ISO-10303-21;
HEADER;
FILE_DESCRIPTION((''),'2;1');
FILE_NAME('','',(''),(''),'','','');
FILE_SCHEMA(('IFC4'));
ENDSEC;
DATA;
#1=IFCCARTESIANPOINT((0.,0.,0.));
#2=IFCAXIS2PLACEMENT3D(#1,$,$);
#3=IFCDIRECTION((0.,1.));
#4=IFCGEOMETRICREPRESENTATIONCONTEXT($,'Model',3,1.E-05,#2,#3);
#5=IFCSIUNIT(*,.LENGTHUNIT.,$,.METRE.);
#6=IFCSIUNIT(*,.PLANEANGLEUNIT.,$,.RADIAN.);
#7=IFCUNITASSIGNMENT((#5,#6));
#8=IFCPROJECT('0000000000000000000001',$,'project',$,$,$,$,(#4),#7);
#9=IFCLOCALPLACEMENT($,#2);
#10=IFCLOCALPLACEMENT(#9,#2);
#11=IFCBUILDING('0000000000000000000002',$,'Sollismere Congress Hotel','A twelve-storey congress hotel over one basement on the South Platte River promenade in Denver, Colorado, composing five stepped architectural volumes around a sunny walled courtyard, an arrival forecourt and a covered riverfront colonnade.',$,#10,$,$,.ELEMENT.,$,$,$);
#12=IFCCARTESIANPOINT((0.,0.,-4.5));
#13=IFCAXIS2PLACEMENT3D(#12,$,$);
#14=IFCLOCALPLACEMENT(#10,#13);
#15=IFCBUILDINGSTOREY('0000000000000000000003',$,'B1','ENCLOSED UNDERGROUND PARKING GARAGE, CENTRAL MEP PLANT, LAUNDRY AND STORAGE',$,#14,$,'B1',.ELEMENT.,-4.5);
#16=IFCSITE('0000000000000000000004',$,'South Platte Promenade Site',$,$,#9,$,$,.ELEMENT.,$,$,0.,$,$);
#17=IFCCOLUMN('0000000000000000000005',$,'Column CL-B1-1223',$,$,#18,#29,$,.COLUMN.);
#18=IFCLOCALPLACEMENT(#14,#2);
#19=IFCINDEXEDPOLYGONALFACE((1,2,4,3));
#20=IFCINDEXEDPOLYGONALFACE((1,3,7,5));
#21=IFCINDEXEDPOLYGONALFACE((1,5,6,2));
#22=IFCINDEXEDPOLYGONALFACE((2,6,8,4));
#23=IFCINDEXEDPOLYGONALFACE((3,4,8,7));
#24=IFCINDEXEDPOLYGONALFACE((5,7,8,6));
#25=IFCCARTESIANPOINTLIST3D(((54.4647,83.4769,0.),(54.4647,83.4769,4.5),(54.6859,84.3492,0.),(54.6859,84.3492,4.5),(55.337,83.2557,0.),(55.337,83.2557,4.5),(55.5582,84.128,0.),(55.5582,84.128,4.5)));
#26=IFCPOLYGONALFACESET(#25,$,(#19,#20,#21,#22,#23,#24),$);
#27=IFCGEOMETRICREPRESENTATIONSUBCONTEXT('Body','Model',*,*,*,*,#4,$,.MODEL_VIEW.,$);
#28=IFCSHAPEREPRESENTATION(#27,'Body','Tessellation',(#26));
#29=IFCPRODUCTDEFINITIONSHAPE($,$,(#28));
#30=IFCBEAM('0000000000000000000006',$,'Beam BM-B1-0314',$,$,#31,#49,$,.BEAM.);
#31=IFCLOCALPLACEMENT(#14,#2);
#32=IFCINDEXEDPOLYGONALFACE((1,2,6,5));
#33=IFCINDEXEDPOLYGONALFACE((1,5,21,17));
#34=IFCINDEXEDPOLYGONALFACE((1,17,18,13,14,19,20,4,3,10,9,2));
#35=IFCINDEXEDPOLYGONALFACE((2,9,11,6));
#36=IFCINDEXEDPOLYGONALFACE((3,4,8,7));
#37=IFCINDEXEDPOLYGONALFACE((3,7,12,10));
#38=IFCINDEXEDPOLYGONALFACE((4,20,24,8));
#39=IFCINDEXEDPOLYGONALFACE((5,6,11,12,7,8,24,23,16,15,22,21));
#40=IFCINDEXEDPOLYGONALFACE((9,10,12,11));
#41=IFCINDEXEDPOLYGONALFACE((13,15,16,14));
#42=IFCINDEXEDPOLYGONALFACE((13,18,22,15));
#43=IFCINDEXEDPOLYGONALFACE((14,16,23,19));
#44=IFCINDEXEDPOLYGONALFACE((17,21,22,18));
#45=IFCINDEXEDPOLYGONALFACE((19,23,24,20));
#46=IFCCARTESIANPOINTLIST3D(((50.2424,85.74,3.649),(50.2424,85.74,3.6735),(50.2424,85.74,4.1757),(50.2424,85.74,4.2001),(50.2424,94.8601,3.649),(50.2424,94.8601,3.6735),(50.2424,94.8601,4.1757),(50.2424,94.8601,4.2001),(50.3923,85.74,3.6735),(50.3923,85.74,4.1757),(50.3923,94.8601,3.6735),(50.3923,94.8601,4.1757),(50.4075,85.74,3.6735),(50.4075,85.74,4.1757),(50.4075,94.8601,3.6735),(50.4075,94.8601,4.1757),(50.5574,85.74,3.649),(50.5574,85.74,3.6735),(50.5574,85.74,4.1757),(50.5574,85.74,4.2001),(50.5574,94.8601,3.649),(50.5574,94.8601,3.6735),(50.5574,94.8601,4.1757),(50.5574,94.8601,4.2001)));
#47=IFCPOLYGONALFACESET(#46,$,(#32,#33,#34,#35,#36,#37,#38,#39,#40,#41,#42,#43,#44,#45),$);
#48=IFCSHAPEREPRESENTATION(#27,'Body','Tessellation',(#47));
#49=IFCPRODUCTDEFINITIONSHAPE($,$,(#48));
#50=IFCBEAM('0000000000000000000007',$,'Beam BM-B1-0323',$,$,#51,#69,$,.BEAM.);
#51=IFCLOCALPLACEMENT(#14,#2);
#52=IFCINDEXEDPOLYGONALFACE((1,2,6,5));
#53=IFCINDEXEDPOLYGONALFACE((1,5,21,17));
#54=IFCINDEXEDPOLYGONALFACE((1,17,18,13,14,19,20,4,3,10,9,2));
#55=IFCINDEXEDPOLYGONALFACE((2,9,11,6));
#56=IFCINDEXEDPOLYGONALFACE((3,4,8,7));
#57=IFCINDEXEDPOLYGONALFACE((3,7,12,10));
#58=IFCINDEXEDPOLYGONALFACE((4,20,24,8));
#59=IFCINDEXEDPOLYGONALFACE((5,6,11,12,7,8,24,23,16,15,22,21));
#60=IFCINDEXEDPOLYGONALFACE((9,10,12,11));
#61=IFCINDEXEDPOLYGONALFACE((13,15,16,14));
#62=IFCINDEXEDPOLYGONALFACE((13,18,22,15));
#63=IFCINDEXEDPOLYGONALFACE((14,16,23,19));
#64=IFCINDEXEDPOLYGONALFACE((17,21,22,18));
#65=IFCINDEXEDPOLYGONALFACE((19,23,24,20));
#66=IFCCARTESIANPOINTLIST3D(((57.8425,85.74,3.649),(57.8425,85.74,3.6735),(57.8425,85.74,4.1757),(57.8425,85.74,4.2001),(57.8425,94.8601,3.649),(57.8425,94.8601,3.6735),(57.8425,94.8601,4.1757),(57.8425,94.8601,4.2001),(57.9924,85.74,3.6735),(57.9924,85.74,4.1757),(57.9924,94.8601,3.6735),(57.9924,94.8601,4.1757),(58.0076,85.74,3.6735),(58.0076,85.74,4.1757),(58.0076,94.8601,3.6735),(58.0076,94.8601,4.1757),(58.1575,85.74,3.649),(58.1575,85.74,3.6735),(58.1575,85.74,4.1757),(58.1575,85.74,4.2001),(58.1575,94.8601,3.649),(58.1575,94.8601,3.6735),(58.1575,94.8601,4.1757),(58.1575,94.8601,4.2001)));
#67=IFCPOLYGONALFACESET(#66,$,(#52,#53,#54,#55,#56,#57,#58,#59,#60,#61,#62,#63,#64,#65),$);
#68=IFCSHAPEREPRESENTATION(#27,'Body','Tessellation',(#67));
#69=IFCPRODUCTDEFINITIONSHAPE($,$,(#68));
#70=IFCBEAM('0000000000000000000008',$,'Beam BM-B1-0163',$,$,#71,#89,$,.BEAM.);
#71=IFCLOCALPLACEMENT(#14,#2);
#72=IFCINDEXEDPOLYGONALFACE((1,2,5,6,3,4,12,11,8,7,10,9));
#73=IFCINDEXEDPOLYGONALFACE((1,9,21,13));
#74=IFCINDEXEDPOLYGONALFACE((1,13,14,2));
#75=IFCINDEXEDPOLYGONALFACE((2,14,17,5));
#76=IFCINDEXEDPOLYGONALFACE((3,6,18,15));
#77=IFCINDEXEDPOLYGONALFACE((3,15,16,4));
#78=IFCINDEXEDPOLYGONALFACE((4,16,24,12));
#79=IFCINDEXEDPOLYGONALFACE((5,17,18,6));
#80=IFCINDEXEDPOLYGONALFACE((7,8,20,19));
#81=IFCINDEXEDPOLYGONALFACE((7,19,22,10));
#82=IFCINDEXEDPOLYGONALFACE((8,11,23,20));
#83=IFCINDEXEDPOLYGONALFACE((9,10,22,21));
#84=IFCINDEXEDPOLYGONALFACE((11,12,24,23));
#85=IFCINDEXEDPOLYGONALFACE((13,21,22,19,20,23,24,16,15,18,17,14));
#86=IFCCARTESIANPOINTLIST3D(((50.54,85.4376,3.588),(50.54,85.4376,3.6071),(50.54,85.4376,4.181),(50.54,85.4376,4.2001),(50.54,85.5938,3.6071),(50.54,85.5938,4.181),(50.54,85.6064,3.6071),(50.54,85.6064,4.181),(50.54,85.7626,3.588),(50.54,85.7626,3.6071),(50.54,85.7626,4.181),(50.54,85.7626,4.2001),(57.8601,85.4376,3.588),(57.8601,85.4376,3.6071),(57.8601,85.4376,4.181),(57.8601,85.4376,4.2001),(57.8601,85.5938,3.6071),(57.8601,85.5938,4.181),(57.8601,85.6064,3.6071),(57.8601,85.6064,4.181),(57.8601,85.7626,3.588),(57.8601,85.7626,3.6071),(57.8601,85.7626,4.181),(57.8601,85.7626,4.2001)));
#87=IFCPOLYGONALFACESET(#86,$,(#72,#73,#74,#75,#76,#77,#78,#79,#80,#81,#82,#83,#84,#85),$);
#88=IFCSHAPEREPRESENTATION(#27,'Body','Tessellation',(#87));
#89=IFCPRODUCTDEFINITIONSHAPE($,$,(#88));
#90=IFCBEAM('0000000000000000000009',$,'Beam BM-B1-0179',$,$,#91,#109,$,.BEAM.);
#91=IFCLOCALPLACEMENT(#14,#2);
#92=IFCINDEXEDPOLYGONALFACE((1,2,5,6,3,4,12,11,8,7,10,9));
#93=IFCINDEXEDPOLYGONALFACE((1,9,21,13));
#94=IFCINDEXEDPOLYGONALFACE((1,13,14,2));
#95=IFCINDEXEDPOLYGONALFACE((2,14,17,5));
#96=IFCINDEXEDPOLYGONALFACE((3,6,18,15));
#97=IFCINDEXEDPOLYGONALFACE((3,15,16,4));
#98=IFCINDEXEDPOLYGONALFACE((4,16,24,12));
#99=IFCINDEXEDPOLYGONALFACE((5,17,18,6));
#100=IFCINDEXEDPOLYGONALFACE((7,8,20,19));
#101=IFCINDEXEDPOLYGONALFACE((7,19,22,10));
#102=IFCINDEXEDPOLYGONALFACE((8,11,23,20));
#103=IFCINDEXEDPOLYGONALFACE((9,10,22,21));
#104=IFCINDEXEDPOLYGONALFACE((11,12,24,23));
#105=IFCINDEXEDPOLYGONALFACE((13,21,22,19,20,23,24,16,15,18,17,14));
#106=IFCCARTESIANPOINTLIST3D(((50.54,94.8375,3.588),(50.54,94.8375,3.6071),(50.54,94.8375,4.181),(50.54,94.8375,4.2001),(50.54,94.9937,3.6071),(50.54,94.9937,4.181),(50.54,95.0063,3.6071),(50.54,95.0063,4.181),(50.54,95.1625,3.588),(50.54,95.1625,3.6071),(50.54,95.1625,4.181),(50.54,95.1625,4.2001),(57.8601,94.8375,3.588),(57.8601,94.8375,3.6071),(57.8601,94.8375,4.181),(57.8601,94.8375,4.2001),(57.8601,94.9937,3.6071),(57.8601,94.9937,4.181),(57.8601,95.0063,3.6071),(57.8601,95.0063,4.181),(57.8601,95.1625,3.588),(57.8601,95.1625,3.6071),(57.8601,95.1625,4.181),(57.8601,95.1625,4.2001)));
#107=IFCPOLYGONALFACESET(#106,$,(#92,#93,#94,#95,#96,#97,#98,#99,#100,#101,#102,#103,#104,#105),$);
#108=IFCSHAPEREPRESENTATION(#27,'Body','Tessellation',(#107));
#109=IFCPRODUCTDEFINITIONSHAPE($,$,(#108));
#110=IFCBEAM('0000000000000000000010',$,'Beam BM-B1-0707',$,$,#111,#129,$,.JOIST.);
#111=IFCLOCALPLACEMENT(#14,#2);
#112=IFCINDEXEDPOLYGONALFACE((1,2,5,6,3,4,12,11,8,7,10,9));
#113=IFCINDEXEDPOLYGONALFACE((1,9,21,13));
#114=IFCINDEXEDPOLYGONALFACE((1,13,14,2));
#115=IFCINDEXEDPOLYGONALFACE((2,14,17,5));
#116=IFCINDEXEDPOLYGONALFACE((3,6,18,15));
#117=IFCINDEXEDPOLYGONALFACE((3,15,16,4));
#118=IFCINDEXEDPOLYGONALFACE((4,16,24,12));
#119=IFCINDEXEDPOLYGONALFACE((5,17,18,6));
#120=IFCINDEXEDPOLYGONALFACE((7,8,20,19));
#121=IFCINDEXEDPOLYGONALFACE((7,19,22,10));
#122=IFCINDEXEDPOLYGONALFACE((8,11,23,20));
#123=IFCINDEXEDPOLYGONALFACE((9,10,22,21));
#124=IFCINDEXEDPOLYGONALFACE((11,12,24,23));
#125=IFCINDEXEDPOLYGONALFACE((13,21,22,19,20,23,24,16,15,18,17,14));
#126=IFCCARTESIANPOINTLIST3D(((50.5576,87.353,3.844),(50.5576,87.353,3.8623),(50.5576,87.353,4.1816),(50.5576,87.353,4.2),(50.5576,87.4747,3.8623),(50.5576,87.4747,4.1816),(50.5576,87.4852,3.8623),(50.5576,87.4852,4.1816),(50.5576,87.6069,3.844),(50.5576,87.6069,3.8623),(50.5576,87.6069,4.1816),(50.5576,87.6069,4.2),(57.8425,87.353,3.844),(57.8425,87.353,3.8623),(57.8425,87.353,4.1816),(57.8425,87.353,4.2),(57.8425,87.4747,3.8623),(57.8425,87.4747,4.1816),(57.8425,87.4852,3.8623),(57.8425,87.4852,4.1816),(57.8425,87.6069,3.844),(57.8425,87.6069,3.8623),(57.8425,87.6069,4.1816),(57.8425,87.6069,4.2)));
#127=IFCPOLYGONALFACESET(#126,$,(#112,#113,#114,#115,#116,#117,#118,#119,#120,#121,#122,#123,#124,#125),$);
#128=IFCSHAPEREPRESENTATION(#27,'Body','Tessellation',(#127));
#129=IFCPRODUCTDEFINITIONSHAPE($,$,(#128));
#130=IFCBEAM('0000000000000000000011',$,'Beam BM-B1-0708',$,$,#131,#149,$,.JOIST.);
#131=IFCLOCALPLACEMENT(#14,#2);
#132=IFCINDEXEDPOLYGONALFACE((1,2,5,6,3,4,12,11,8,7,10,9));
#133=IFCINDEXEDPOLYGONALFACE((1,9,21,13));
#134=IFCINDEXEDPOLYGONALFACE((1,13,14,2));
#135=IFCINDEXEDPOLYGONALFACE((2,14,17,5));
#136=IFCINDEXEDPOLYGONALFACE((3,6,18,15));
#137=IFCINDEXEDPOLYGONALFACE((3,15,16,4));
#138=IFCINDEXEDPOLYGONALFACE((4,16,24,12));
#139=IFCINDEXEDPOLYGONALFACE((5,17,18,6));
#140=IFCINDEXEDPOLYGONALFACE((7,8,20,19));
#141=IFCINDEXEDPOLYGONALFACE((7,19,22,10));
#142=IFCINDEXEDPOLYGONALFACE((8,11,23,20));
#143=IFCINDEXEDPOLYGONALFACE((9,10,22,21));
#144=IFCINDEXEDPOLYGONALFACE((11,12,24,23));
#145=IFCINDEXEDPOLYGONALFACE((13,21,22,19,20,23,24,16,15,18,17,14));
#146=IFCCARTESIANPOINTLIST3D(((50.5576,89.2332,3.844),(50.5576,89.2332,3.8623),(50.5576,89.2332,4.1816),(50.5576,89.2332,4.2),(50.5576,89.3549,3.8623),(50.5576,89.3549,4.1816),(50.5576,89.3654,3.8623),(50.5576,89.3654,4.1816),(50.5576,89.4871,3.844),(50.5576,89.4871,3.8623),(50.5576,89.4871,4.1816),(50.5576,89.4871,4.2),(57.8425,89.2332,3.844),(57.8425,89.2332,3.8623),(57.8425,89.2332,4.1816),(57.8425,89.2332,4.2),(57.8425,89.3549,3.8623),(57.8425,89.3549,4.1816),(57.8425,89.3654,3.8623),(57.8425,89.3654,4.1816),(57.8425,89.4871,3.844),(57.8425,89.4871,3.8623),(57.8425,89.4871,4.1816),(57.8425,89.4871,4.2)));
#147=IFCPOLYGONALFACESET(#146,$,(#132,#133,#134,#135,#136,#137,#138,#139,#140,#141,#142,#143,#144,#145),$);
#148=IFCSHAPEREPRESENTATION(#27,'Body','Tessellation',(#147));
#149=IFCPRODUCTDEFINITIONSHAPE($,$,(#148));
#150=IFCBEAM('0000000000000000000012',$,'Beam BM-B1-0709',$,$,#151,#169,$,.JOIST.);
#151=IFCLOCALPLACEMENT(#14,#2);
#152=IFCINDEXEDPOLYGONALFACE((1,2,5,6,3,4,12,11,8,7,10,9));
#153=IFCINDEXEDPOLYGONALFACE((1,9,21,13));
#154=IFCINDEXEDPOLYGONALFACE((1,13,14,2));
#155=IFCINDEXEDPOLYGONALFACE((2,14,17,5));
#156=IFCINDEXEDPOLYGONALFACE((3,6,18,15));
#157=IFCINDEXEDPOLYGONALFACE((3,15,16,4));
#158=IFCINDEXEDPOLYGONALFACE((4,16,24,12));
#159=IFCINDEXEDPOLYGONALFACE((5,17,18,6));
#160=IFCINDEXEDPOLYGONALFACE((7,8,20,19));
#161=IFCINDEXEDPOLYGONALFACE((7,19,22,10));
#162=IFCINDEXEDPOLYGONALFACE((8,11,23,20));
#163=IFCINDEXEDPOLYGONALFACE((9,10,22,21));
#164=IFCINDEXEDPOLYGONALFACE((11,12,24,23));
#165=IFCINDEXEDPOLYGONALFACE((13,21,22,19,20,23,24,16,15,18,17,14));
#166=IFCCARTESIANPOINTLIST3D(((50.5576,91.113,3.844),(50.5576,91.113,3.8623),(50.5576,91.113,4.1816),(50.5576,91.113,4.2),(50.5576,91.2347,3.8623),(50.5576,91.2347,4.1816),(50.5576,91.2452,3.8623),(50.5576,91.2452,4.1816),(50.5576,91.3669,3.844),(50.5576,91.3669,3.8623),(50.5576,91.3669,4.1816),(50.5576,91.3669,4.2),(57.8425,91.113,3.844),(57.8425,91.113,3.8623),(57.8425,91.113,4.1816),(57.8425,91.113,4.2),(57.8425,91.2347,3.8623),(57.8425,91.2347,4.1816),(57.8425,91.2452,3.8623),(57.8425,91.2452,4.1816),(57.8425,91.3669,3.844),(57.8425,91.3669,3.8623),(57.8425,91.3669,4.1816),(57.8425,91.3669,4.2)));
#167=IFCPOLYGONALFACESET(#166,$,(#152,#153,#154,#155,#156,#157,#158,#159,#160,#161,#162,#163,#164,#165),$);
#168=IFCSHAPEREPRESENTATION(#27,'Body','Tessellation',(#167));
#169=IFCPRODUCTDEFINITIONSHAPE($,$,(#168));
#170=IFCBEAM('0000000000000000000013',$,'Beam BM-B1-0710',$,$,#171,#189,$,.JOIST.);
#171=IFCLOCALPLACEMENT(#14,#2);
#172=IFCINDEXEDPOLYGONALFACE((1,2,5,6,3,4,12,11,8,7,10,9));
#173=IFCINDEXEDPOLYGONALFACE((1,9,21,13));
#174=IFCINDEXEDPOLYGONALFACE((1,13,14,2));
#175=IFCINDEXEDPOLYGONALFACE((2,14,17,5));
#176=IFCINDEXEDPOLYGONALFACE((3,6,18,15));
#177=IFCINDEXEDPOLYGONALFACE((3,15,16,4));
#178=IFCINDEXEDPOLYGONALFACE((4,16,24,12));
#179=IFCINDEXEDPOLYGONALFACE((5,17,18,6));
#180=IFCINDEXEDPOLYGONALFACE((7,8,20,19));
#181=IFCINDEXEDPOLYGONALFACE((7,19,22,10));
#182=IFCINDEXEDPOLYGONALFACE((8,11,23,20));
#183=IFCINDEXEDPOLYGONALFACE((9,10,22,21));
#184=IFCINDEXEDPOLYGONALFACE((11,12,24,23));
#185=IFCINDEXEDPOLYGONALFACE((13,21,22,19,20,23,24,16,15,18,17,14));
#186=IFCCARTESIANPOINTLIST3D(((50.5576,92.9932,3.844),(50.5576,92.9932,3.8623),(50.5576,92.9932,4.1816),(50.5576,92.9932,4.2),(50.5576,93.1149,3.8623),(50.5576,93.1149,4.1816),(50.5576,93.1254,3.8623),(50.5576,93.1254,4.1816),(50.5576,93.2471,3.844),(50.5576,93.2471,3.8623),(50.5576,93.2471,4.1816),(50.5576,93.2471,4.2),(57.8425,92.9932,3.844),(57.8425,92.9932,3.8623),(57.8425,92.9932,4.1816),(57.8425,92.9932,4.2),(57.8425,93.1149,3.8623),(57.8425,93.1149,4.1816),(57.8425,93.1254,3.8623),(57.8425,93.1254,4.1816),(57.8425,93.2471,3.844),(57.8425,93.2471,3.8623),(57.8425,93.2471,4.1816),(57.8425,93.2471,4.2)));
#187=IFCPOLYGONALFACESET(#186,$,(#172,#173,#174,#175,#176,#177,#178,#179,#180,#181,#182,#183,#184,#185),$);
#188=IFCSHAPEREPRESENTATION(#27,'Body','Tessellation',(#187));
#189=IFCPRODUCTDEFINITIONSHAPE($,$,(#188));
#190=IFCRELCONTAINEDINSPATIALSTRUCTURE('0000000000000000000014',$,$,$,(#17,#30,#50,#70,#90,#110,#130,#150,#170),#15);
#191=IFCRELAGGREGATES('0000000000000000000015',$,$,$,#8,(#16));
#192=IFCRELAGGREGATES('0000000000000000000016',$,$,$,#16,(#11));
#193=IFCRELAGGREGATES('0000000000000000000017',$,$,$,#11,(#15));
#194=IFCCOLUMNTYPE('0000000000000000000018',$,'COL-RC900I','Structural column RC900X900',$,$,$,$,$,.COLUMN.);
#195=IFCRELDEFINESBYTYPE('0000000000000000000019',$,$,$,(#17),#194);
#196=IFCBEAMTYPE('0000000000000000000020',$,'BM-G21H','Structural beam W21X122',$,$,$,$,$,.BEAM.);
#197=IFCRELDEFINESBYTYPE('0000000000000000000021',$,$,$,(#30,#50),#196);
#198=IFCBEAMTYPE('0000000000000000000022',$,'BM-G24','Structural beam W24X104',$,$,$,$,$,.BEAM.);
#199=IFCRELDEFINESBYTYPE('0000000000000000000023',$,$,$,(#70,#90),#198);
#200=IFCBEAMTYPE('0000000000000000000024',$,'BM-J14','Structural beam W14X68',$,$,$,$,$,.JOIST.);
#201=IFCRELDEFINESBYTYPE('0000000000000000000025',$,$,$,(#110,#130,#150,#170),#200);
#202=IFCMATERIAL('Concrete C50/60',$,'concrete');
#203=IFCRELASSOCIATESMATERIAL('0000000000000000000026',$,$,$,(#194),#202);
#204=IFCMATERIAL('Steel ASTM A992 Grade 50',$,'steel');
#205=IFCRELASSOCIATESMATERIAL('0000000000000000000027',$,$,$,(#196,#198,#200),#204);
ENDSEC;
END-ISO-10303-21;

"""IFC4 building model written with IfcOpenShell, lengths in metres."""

from ifc_helpers import new_model, si_unit, direction, frame, origin, origin_2d, place, context, subcontext, project, spatial, rectangle, i_section, extrude, material, material_profile, profile_set, type_object, element, save


model = new_model("IFC4")

# Units and contexts
model_context = context("Model", 3, precision=1e-05, world=origin(), true_north=direction((0.0, 1.0)))
body_context = subcontext(model_context, "Body", "Model", "MODEL_VIEW")
ifc_project = project(units=[si_unit("LENGTHUNIT", "METRE"), si_unit("PLANEANGLEUNIT", "RADIAN")], contexts=[model_context])

# Site, building, storey
site_placement = place(None, origin())
site = spatial("IfcSite", under=ifc_project, at=site_placement, Name="South Platte Promenade Site", CompositionType="ELEMENT", RefElevation=0.0)
building_placement = place(site_placement, origin())
building = spatial("IfcBuilding", under=site, at=building_placement, Name="Sollismere Congress Hotel", Description="A twelve-storey congress hotel over one basement on the South Platte River promenade in Denver, Colorado, composing five stepped architectural volumes around a sunny walled courtyard, an arrival forecourt and a covered riverfront colonnade.", CompositionType="ELEMENT")
storey_placement = place(building_placement, frame((0.0, 0.0, -4.5)))
storey = spatial("IfcBuildingStorey", under=building, at=storey_placement, Name="B1", Description="ENCLOSED UNDERGROUND PARKING GARAGE, CENTRAL MEP PLANT, LAUNDRY AND STORAGE", LongName="B1", CompositionType="ELEMENT", Elevation=-4.5)

# Column
ifc_material_1 = material(Name="Concrete C50/60", Category="concrete")
ifc_material_profile_1 = material_profile(ifc_material_1, rectangle(XDim=0.8999, YDim=0.8999, at=origin_2d()), Name="RC900X900")
ifc_profile_set_1 = profile_set([ifc_material_profile_1], Name="Concrete C50/60")
column_type_1 = type_object("IfcColumnType", Name="COL-RC900I", Description="Structural column RC900X900", PredefinedType="COLUMN", material=ifc_profile_set_1)
for number, where, z_axis, x_axis, name in (
    (1, (55.0115, 83.8025, 0.0), (0.0, 0.0, 1.0), (0.969317, -0.245815, 0.0), "Column CL-B1-1223"),
):
    element("IfcColumn", number, at=place(storey_placement, frame(where, z_axis=z_axis, x_axis=x_axis)), inside=storey, type_object=column_type_1, Name=name, PredefinedType="COLUMN", context=body_context, shape_type="SweptSolid", body=[
        extrude(rectangle(XDim=0.8999, YDim=0.8999, at=origin_2d()), origin(), (0.0, 0.0, 1.0), 4.5),
    ])

# Beams
ifc_material_2 = material(Name="Steel ASTM A992 Grade 50", Category="steel")
ifc_material_profile_2 = material_profile(ifc_material_2, i_section(OverallWidth=0.3149, OverallDepth=0.551, WebThickness=0.0151, FlangeThickness=0.0244, at=origin_2d()), Name="W21X122")
ifc_profile_set_2 = profile_set([ifc_material_profile_2], Name="Steel ASTM A992 Grade 50")
beam_type_1 = type_object("IfcBeamType", Name="BM-G21H", Description="Structural beam W21X122", PredefinedType="BEAM", material=ifc_profile_set_2)
for number, where, z_axis, x_axis, name in (
    (2, (50.3999, 85.74, 3.9246), (0.0, 1.0, 0.0), (-1.0, 0.0, 0.0), "Beam BM-B1-0314"),
    (3, (58.0, 85.74, 3.9246), (0.0, 1.0, 0.0), (-1.0, 0.0, 0.0), "Beam BM-B1-0323"),
):
    element("IfcBeam", number, at=place(storey_placement, frame(where, z_axis=z_axis, x_axis=x_axis)), inside=storey, type_object=beam_type_1, Name=name, PredefinedType="BEAM", context=body_context, shape_type="SweptSolid", body=[
        extrude(i_section(OverallWidth=0.3149, OverallDepth=0.551, WebThickness=0.0151, FlangeThickness=0.0244, at=origin_2d()), origin(), (0.0, 0.0, 1.0), 9.1201),
    ])
ifc_material_profile_3 = material_profile(ifc_material_2, i_section(OverallWidth=0.325, OverallDepth=0.6121, WebThickness=0.0127, FlangeThickness=0.019, at=origin_2d()), Name="W24X104")
ifc_profile_set_3 = profile_set([ifc_material_profile_3], Name="Steel ASTM A992 Grade 50")
beam_type_2 = type_object("IfcBeamType", Name="BM-G24", Description="Structural beam W24X104", PredefinedType="BEAM", material=ifc_profile_set_3)
for number, where, z_axis, x_axis, name in (
    (4, (50.54, 85.6001, 3.894), (1.0, 0.0, 0.0), (0.0, 1.0, 0.0), "Beam BM-B1-0163"),
    (5, (50.54, 95.0, 3.894), (1.0, 0.0, 0.0), (0.0, 1.0, 0.0), "Beam BM-B1-0179"),
):
    element("IfcBeam", number, at=place(storey_placement, frame(where, z_axis=z_axis, x_axis=x_axis)), inside=storey, type_object=beam_type_2, Name=name, PredefinedType="BEAM", context=body_context, shape_type="SweptSolid", body=[
        extrude(i_section(OverallWidth=0.325, OverallDepth=0.6121, WebThickness=0.0127, FlangeThickness=0.019, at=origin_2d()), origin(), (0.0, 0.0, 1.0), 7.3201),
    ])
ifc_material_profile_4 = material_profile(ifc_material_2, i_section(OverallWidth=0.2539, OverallDepth=0.356, WebThickness=0.0105, FlangeThickness=0.0183, at=origin_2d()), Name="W14X68")
ifc_profile_set_4 = profile_set([ifc_material_profile_4], Name="Steel ASTM A992 Grade 50")
beam_type_3 = type_object("IfcBeamType", Name="BM-J14", Description="Structural beam W14X68", PredefinedType="JOIST", material=ifc_profile_set_4)
for number, where, z_axis, x_axis, name in (
    (6, (50.5576, 87.48, 4.022), (1.0, 0.0, 0.0), (0.0, 1.0, 0.0), "Beam BM-B1-0707"),
    (7, (50.5576, 89.3601, 4.022), (1.0, 0.0, 0.0), (0.0, 1.0, 0.0), "Beam BM-B1-0708"),
    (8, (50.5576, 91.24, 4.022), (1.0, 0.0, 0.0), (0.0, 1.0, 0.0), "Beam BM-B1-0709"),
    (9, (50.5576, 93.1201, 4.022), (1.0, 0.0, 0.0), (0.0, 1.0, 0.0), "Beam BM-B1-0710"),
):
    element("IfcBeam", number, at=place(storey_placement, frame(where, z_axis=z_axis, x_axis=x_axis)), inside=storey, type_object=beam_type_3, Name=name, PredefinedType="JOIST", context=body_context, shape_type="SweptSolid", body=[
        extrude(i_section(OverallWidth=0.2539, OverallDepth=0.356, WebThickness=0.0105, FlangeThickness=0.0183, at=origin_2d()), origin(), (0.0, 0.0, 1.0), 7.2849),
    ])

save(model, "model.ifc")
